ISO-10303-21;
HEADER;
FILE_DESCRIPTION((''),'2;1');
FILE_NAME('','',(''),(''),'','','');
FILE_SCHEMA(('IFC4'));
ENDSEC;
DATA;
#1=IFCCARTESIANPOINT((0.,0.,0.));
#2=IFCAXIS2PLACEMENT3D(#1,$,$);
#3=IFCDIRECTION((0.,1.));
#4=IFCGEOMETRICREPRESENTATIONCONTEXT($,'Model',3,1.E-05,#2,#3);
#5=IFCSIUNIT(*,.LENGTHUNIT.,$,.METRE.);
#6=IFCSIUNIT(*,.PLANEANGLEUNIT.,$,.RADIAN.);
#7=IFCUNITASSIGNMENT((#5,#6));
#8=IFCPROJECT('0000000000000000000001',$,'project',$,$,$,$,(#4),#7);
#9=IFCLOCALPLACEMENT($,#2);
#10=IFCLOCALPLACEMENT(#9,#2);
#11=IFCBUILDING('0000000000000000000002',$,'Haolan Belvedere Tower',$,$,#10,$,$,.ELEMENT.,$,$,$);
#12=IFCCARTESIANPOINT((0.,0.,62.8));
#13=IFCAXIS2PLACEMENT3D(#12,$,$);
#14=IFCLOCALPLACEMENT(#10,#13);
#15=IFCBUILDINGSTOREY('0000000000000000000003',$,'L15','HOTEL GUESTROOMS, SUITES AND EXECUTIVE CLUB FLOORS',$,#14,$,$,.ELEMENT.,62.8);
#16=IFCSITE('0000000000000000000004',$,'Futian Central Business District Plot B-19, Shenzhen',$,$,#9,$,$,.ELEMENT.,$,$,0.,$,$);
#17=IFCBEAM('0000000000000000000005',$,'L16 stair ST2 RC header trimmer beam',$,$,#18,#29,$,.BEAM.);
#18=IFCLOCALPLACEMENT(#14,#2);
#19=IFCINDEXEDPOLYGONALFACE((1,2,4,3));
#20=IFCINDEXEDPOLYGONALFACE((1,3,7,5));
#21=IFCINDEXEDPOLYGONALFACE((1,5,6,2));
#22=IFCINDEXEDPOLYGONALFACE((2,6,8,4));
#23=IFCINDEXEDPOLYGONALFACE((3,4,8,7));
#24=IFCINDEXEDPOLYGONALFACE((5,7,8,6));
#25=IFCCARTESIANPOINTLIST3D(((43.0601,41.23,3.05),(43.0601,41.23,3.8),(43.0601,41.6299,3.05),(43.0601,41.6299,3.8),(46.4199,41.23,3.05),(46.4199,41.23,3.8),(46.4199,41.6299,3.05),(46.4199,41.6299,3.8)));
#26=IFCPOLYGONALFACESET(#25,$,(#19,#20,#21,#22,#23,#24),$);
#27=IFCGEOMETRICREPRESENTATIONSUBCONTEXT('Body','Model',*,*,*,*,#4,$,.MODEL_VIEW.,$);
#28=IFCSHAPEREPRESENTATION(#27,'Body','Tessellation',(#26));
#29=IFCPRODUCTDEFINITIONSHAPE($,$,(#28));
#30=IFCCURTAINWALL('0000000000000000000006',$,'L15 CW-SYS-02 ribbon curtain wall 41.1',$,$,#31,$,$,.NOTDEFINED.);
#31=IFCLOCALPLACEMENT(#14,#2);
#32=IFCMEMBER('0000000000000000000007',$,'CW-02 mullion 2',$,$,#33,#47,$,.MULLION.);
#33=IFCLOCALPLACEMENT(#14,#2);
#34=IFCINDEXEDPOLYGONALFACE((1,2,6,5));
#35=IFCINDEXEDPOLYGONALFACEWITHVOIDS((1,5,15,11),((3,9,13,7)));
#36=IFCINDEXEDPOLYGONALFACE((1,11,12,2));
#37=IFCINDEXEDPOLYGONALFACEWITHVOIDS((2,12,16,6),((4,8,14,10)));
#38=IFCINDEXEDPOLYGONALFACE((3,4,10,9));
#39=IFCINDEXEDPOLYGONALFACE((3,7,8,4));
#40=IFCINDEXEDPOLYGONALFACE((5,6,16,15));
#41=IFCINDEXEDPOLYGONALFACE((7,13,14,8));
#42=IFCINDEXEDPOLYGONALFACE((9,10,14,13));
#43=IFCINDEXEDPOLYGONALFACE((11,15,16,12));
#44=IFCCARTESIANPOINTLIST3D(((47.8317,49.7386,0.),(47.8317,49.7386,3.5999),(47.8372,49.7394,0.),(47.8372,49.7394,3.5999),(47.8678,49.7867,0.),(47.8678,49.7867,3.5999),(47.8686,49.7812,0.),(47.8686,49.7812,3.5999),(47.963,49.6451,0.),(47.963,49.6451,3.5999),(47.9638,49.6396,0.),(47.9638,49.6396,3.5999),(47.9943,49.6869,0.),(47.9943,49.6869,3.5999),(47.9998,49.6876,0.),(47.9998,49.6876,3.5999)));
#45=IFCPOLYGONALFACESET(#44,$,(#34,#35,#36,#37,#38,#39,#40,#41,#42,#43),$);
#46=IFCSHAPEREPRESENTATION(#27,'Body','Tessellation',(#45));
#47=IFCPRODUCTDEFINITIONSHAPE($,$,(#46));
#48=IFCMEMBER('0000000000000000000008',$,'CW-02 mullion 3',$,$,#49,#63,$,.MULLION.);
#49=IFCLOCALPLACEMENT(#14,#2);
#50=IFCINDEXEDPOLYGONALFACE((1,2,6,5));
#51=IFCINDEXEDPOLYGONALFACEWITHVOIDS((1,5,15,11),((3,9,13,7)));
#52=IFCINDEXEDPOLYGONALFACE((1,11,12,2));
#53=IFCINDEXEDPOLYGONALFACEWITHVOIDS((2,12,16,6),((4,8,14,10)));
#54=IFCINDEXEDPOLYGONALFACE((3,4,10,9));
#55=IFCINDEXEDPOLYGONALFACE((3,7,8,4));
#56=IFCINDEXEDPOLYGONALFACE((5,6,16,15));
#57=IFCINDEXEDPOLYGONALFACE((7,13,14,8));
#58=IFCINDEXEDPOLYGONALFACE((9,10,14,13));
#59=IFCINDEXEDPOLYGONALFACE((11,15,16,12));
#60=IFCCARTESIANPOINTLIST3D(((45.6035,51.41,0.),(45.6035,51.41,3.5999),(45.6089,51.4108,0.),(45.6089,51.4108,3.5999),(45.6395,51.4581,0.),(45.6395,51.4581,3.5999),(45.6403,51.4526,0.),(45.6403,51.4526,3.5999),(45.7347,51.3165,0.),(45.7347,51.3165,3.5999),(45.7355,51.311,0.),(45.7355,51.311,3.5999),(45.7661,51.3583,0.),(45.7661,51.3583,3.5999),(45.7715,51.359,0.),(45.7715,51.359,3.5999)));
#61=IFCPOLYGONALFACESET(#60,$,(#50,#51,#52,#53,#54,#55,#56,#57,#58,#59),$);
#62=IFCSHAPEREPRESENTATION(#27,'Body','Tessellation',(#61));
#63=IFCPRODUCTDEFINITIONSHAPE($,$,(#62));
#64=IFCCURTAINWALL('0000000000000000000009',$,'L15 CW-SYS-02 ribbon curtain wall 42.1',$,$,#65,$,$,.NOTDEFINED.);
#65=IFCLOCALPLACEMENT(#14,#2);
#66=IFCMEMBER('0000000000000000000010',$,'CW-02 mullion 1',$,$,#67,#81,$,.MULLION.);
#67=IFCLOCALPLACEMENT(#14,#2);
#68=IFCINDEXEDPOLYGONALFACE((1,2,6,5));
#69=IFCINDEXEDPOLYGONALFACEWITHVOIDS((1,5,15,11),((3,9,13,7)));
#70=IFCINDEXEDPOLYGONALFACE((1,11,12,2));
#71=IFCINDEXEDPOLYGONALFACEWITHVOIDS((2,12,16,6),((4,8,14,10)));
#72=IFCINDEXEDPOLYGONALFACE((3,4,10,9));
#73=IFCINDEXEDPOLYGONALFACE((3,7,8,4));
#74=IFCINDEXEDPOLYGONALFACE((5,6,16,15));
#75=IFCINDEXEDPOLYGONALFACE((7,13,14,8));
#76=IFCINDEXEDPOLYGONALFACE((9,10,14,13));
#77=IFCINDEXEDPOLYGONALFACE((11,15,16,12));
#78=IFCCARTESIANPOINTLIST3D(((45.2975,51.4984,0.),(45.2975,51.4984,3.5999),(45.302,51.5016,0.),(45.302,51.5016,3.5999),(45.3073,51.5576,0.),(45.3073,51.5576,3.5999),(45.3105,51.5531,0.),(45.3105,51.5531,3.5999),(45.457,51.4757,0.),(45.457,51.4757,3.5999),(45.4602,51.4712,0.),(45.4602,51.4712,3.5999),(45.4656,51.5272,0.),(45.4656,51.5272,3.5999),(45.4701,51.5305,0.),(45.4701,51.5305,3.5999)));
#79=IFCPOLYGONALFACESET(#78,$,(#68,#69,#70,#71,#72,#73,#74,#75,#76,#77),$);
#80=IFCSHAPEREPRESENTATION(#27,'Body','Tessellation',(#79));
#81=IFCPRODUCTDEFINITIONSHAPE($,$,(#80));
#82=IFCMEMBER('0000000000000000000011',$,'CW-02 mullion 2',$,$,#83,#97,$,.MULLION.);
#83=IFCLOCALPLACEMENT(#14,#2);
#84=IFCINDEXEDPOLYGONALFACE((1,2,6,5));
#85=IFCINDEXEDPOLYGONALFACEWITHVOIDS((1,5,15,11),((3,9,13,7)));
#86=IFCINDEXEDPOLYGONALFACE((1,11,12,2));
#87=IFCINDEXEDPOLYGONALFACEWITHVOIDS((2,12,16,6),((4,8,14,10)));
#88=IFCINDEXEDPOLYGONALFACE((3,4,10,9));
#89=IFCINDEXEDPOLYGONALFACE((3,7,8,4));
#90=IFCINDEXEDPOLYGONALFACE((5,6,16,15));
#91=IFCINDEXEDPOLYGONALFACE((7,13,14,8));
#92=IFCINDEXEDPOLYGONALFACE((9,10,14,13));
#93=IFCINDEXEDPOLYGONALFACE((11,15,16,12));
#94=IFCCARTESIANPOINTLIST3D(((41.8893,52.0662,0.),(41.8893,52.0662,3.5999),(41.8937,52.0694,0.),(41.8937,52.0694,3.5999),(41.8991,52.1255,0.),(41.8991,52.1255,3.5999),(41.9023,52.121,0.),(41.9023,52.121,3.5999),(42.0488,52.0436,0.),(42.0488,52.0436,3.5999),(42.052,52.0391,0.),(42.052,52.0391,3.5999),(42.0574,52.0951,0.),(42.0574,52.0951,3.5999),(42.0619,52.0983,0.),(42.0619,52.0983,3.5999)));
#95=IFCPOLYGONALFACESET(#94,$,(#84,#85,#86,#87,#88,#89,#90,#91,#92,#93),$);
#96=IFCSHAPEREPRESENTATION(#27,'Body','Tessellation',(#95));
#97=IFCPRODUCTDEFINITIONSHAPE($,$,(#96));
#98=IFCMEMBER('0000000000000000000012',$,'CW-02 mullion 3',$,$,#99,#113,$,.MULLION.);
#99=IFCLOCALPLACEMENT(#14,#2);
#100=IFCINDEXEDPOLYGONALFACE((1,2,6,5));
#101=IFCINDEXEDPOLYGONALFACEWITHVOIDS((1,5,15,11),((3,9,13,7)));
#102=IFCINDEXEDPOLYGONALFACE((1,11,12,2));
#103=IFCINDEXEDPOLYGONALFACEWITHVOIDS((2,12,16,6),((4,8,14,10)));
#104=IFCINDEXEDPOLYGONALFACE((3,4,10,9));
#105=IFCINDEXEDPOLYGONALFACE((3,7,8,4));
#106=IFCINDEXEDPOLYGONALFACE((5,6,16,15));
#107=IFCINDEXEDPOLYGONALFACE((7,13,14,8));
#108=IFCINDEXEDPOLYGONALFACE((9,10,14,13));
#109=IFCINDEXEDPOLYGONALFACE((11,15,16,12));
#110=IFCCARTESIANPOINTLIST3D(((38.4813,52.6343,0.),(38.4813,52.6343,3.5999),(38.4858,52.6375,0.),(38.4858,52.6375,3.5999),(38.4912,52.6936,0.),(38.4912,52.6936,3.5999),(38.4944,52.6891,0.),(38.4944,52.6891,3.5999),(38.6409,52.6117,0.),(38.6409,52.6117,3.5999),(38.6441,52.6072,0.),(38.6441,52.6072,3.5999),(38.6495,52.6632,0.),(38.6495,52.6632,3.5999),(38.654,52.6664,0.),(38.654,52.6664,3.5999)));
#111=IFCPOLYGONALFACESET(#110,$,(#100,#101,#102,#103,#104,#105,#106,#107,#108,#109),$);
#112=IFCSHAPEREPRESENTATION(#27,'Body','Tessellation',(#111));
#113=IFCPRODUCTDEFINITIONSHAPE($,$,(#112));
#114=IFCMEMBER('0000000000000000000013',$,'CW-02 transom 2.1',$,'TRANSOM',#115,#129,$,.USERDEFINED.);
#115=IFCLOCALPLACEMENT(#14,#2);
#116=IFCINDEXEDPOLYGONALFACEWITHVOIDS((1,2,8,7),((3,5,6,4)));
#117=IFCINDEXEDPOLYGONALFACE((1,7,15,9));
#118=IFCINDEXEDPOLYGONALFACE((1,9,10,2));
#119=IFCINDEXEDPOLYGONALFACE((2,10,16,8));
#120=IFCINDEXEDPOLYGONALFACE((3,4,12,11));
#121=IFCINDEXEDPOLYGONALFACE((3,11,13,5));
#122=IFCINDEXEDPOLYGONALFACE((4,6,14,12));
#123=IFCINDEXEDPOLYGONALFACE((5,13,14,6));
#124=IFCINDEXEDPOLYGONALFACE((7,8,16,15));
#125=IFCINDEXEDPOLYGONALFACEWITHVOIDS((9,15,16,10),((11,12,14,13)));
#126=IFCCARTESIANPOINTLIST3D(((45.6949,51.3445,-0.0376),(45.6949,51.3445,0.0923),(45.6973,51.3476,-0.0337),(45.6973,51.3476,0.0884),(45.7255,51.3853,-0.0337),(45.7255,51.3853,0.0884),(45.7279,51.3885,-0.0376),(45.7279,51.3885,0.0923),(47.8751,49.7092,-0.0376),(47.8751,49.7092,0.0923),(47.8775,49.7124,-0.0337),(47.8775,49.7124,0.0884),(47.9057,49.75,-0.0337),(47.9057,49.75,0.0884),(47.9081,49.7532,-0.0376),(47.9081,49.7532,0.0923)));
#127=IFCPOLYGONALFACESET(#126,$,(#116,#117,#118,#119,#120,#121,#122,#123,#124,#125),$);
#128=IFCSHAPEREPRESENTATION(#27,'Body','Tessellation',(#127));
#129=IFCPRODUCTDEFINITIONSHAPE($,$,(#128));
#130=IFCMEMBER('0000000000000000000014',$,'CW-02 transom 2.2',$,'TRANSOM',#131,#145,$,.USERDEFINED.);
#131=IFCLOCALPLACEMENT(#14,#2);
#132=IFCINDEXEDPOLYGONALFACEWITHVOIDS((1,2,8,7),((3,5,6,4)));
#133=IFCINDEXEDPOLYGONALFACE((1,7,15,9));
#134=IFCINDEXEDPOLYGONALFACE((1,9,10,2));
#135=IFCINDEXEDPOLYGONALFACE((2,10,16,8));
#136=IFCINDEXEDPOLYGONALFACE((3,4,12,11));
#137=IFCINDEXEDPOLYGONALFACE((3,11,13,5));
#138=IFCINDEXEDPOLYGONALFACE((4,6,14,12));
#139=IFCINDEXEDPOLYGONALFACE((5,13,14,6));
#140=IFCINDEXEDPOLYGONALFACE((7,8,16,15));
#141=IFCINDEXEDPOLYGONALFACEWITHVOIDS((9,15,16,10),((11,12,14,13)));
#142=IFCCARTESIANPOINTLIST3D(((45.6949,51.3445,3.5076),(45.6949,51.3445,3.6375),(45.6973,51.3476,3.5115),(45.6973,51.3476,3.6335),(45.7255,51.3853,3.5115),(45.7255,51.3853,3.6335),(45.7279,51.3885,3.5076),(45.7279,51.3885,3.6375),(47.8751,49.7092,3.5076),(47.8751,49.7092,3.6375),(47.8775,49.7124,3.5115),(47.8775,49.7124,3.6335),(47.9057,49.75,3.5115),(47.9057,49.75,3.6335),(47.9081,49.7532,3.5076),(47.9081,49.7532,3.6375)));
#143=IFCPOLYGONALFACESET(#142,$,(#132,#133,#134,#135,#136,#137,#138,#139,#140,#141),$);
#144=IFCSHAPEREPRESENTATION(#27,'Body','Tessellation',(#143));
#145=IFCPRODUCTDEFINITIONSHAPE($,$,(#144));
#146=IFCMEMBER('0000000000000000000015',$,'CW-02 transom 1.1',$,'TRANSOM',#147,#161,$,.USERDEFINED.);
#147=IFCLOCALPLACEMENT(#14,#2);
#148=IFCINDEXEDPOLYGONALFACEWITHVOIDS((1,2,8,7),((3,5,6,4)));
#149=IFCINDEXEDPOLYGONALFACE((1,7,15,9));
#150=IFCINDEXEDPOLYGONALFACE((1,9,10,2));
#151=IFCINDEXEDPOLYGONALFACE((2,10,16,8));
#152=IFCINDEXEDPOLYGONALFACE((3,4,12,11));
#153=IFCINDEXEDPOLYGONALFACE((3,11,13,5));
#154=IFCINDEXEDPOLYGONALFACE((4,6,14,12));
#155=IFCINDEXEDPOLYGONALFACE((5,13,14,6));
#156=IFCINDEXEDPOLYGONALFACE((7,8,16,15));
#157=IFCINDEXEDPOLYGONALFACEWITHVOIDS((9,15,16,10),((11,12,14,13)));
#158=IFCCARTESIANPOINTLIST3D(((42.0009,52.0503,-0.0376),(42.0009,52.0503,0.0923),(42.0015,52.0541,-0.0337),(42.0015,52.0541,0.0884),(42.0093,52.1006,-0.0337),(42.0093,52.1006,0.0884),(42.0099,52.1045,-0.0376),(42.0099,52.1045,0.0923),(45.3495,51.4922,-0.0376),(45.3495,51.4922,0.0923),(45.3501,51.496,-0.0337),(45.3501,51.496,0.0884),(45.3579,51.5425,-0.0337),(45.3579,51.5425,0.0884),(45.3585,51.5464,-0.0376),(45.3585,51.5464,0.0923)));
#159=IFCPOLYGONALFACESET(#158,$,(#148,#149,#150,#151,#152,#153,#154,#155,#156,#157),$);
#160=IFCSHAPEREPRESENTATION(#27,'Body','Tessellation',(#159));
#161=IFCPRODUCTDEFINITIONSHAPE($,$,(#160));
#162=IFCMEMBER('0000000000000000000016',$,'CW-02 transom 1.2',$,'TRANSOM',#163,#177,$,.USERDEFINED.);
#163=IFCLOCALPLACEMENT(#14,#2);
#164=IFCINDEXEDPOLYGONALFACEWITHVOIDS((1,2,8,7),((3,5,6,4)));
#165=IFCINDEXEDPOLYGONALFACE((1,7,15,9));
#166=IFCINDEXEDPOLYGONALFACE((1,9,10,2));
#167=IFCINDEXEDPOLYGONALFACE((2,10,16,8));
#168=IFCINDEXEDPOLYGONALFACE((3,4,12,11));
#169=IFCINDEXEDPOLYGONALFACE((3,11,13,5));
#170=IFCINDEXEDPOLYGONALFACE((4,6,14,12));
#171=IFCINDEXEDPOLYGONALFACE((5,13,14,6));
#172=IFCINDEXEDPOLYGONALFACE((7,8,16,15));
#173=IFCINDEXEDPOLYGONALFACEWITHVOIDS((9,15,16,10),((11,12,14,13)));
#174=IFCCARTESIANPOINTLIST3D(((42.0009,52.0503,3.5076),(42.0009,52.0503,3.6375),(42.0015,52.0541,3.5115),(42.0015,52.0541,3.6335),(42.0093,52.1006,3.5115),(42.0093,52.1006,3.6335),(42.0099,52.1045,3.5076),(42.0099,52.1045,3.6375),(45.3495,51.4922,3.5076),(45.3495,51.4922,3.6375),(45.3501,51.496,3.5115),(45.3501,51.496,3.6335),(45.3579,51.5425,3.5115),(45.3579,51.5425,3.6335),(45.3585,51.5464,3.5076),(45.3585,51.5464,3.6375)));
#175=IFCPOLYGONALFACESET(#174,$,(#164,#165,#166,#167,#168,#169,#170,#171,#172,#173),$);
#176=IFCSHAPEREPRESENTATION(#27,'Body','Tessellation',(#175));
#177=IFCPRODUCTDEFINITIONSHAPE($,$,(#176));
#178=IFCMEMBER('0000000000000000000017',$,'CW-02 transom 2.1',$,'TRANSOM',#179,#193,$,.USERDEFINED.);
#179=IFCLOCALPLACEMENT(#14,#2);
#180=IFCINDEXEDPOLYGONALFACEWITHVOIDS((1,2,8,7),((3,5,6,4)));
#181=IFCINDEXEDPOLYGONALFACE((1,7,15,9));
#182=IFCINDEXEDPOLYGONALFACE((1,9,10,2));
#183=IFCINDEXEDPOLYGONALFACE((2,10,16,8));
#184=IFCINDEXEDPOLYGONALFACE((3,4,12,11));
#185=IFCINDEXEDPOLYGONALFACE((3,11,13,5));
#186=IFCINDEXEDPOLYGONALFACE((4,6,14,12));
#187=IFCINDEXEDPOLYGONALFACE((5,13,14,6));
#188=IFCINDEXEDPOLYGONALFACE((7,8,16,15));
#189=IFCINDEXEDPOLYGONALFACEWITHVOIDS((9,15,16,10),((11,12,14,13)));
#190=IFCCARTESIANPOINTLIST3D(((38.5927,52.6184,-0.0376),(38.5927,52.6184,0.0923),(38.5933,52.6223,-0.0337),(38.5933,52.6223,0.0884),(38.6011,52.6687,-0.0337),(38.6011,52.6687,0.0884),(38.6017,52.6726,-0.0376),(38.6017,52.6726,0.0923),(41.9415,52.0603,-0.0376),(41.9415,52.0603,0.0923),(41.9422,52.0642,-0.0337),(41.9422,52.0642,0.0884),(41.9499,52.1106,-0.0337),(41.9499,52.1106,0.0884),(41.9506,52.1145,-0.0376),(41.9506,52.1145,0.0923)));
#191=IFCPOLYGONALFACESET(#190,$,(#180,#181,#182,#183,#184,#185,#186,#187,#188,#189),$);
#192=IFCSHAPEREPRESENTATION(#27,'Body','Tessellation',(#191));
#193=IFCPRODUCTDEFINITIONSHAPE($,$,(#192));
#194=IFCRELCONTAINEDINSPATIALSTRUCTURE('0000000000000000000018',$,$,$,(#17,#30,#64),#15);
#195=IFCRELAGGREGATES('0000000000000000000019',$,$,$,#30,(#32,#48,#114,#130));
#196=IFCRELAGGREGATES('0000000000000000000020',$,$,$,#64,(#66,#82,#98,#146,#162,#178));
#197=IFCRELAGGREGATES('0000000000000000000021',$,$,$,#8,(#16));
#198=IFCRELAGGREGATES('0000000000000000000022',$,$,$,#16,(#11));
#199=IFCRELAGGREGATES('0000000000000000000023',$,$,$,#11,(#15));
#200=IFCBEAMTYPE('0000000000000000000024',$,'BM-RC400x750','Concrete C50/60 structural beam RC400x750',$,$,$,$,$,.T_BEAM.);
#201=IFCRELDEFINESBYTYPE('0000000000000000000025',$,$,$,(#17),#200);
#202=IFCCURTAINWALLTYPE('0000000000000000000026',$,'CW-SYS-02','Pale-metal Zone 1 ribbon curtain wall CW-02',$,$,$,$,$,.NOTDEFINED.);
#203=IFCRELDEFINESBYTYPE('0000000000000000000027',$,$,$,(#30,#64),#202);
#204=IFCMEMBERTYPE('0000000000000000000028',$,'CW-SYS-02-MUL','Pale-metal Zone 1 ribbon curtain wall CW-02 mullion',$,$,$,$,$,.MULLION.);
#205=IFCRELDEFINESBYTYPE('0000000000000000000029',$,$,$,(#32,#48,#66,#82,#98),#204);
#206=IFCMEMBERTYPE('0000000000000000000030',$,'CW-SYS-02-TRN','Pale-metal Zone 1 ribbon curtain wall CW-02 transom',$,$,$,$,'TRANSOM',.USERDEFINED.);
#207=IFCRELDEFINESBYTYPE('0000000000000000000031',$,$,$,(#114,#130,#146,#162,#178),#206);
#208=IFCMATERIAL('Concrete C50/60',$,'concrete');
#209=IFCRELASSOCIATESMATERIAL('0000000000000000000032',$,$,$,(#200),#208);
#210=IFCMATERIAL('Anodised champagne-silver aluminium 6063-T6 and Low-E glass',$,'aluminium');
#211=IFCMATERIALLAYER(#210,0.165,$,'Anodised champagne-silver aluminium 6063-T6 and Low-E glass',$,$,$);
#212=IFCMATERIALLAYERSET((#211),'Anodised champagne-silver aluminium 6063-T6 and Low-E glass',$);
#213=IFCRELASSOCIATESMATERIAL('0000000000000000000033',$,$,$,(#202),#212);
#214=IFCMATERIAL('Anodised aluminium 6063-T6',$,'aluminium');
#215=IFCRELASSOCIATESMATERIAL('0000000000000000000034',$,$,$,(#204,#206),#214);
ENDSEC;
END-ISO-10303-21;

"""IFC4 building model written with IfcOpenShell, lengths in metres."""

from ifc_helpers import new_model, si_unit, direction, frame, origin, origin_2d, place, context, subcontext, project, spatial, rectangle, hollow_rectangle, extrude, material, layer, layer_set, material_profile, profile_set, type_object, element, aggregate, save


model = new_model("IFC4")

# Units and contexts
model_context = context("Model", 3, precision=1e-05, world=origin(), true_north=direction((0.0, 1.0)))
body_context = subcontext(model_context, "Body", "Model", "MODEL_VIEW")
ifc_project = project(units=[si_unit("LENGTHUNIT", "METRE"), si_unit("PLANEANGLEUNIT", "RADIAN")], contexts=[model_context])

# Site, building, storey
site_placement = place(None, origin())
site = spatial("IfcSite", under=ifc_project, at=site_placement, Name="Futian Central Business District Plot B-19, Shenzhen", CompositionType="ELEMENT", RefElevation=0.0)
building_placement = place(site_placement, origin())
building = spatial("IfcBuilding", under=site, at=building_placement, Name="Haolan Belvedere Tower", CompositionType="ELEMENT")
storey_placement = place(building_placement, frame((0.0, 0.0, 62.8)))
storey = spatial("IfcBuildingStorey", under=building, at=storey_placement, Name="L15", Description="HOTEL GUESTROOMS, SUITES AND EXECUTIVE CLUB FLOORS", CompositionType="ELEMENT", Elevation=62.8)

# Beam
ifc_material_1 = material(Name="Concrete C50/60", Category="concrete")
ifc_material_profile_1 = material_profile(ifc_material_1, rectangle(XDim=0.3999, YDim=0.75, at=origin_2d()), Name="Concrete C50/60")
ifc_profile_set_1 = profile_set([ifc_material_profile_1], Name="Concrete C50/60")
beam_type_1 = type_object("IfcBeamType", Name="BM-RC400x750", Description="Concrete C50/60 structural beam RC400x750", PredefinedType="T_BEAM", material=ifc_profile_set_1)
beam_1_placement = place(storey_placement, frame((43.0601, 41.4299, 3.425), z_axis=(1.0, 0.0, 0.0), x_axis=(0.0, 1.0, 0.0)))
element("IfcBeam", 1, at=beam_1_placement, inside=storey, type_object=beam_type_1, Name="L16 stair ST2 RC header trimmer beam", PredefinedType="BEAM", context=body_context, shape_type="SweptSolid", body=[
    extrude(rectangle(XDim=0.3999, YDim=0.75, at=origin_2d()), origin(), (0.0, 0.0, 1.0), 3.3599),
])

# Curtain walls, members
ifc_material_2 = material(Name="Anodised champagne-silver aluminium 6063-T6 and Low-E glass", Category="aluminium")
ifc_layer_1 = layer(ifc_material_2, 0.165, Name="Anodised champagne-silver aluminium 6063-T6 and Low-E glass")
ifc_layer_set_1 = layer_set([ifc_layer_1], Name="Anodised champagne-silver aluminium 6063-T6 and Low-E glass")
curtain_wall_type = type_object("IfcCurtainWallType", Name="CW-SYS-02", Description="Pale-metal Zone 1 ribbon curtain wall CW-02", PredefinedType="NOTDEFINED", material=ifc_layer_set_1)
curtain_wall_1_placement = place(storey_placement, origin())
curtain_wall_1 = element("IfcCurtainWall", 2, at=curtain_wall_1_placement, inside=storey, type_object=curtain_wall_type, Name="L15 CW-SYS-02 ribbon curtain wall 41.1", PredefinedType="NOTDEFINED")
ifc_material_3 = material(Name="Anodised aluminium 6063-T6", Category="aluminium")
ifc_material_profile_2 = material_profile(ifc_material_3, hollow_rectangle(XDim=0.0601, YDim=0.165, WallThickness=0.0039, at=origin_2d()), Name="Anodised aluminium 6063-T6")
ifc_profile_set_2 = profile_set([ifc_material_profile_2], Name="Anodised aluminium 6063-T6")
member_type_1 = type_object("IfcMemberType", Name="CW-SYS-02-MUL", Description="Pale-metal Zone 1 ribbon curtain wall CW-02 mullion", PredefinedType="MULLION", material=ifc_profile_set_2)
member_1_placement = place(storey_placement, frame((47.9158, 49.7131, 0.0), z_axis=(0.0, 0.0, 1.0), x_axis=(-0.599994, -0.800004, 0.0)))
member_1 = element("IfcMember", 3, at=member_1_placement, type_object=member_type_1, Name="CW-02 mullion 2", PredefinedType="MULLION", context=body_context, shape_type="SweptSolid", body=[
    extrude(hollow_rectangle(XDim=0.0601, YDim=0.165, WallThickness=0.0039, at=origin_2d()), origin(), (0.0, 0.0, 1.0), 3.5999),
])
member_2_placement = place(storey_placement, frame((45.6875, 51.3845, 0.0), z_axis=(0.0, 0.0, 1.0), x_axis=(-0.599994, -0.800004, 0.0)))
member_2 = element("IfcMember", 4, at=member_2_placement, type_object=member_type_1, Name="CW-02 mullion 3", PredefinedType="MULLION", context=body_context, shape_type="SweptSolid", body=[
    extrude(hollow_rectangle(XDim=0.0601, YDim=0.165, WallThickness=0.0039, at=origin_2d()), origin(), (0.0, 0.0, 1.0), 3.5999),
])
curtain_wall_2_placement = place(storey_placement, origin())
curtain_wall_2 = element("IfcCurtainWall", 5, at=curtain_wall_2_placement, inside=storey, type_object=curtain_wall_type, Name="L15 CW-SYS-02 ribbon curtain wall 42.1", PredefinedType="NOTDEFINED")
member_3_placement = place(storey_placement, frame((45.3838, 51.5144, 0.0), z_axis=(0.0, 0.0, 1.0), x_axis=(-0.164404, -0.986393, 0.0)))
member_3 = element("IfcMember", 6, at=member_3_placement, type_object=member_type_1, Name="CW-02 mullion 1", PredefinedType="MULLION", context=body_context, shape_type="SweptSolid", body=[
    extrude(hollow_rectangle(XDim=0.0601, YDim=0.165, WallThickness=0.0039, at=origin_2d()), origin(), (0.0, 0.0, 1.0), 3.5999),
])
member_4_placement = place(storey_placement, frame((41.9756, 52.0823, 0.0), z_axis=(0.0, 0.0, 1.0), x_axis=(-0.164404, -0.986393, 0.0)))
member_4 = element("IfcMember", 7, at=member_4_placement, type_object=member_type_1, Name="CW-02 mullion 2", PredefinedType="MULLION", context=body_context, shape_type="SweptSolid", body=[
    extrude(hollow_rectangle(XDim=0.0601, YDim=0.165, WallThickness=0.0039, at=origin_2d()), origin(), (0.0, 0.0, 1.0), 3.5999),
])
member_5_placement = place(storey_placement, frame((38.5676, 52.6504, 0.0), z_axis=(0.0, 0.0, 1.0), x_axis=(-0.164404, -0.986393, 0.0)))
member_5 = element("IfcMember", 8, at=member_5_placement, type_object=member_type_1, Name="CW-02 mullion 3", PredefinedType="MULLION", context=body_context, shape_type="SweptSolid", body=[
    extrude(hollow_rectangle(XDim=0.0601, YDim=0.165, WallThickness=0.0039, at=origin_2d()), origin(), (0.0, 0.0, 1.0), 3.5999),
])

# Members
ifc_material_profile_3 = material_profile(ifc_material_3, hollow_rectangle(XDim=0.0549, YDim=0.1299, WallThickness=0.0039, at=origin_2d()), Name="Anodised aluminium 6063-T6")
ifc_profile_set_3 = profile_set([ifc_material_profile_3], Name="Anodised aluminium 6063-T6")
member_type_2 = type_object("IfcMemberType", Name="CW-SYS-02-TRN", Description="Pale-metal Zone 1 ribbon curtain wall CW-02 transom", ElementType="TRANSOM", PredefinedType="USERDEFINED", material=ifc_profile_set_3)
member_6_placement = place(storey_placement, frame((47.8916, 49.7312, 0.0273), z_axis=(-0.799978, 0.600029, 0.0), x_axis=(-0.600029, -0.799978, 0.0)))
member_6 = element("IfcMember", 9, at=member_6_placement, type_object=member_type_2, Name="CW-02 transom 2.1", ObjectType="TRANSOM", PredefinedType="USERDEFINED", context=body_context, shape_type="SweptSolid", body=[
    extrude(hollow_rectangle(XDim=0.0549, YDim=0.1299, WallThickness=0.0039, at=origin_2d()), origin(), (0.0, 0.0, 1.0), 2.7253),
])
member_7_placement = place(storey_placement, frame((47.8916, 49.7312, 3.5725), z_axis=(-0.799978, 0.600029, 0.0), x_axis=(-0.600029, -0.799978, 0.0)))
member_7 = element("IfcMember", 10, at=member_7_placement, type_object=member_type_2, Name="CW-02 transom 2.2", ObjectType="TRANSOM", PredefinedType="USERDEFINED", context=body_context, shape_type="SweptSolid", body=[
    extrude(hollow_rectangle(XDim=0.0549, YDim=0.1299, WallThickness=0.0039, at=origin_2d()), origin(), (0.0, 0.0, 1.0), 2.7253),
])
member_8_placement = place(storey_placement, frame((45.354, 51.5193, 0.0273), z_axis=(-0.986394, 0.164399, 0.0), x_axis=(-0.164399, -0.986394, 0.0)))
member_8 = element("IfcMember", 11, at=member_8_placement, type_object=member_type_2, Name="CW-02 transom 1.1", ObjectType="TRANSOM", PredefinedType="USERDEFINED", context=body_context, shape_type="SweptSolid", body=[
    extrude(hollow_rectangle(XDim=0.0549, YDim=0.1299, WallThickness=0.0039, at=origin_2d()), origin(), (0.0, 0.0, 1.0), 3.3948),
])
member_9_placement = place(storey_placement, frame((45.354, 51.5193, 3.5725), z_axis=(-0.986394, 0.164399, 0.0), x_axis=(-0.164399, -0.986394, 0.0)))
member_9 = element("IfcMember", 12, at=member_9_placement, type_object=member_type_2, Name="CW-02 transom 1.2", ObjectType="TRANSOM", PredefinedType="USERDEFINED", context=body_context, shape_type="SweptSolid", body=[
    extrude(hollow_rectangle(XDim=0.0549, YDim=0.1299, WallThickness=0.0039, at=origin_2d()), origin(), (0.0, 0.0, 1.0), 3.3948),
])
member_10_placement = place(storey_placement, frame((41.946, 52.0874, 0.0273), z_axis=(-0.986396, 0.164387, 0.0), x_axis=(-0.164387, -0.986396, 0.0)))
member_10 = element("IfcMember", 13, at=member_10_placement, type_object=member_type_2, Name="CW-02 transom 2.1", ObjectType="TRANSOM", PredefinedType="USERDEFINED", context=body_context, shape_type="SweptSolid", body=[
    extrude(hollow_rectangle(XDim=0.0549, YDim=0.1299, WallThickness=0.0039, at=origin_2d()), origin(), (0.0, 0.0, 1.0), 3.395),
])

aggregate(curtain_wall_1, [member_1, member_2, member_6, member_7])
aggregate(curtain_wall_2, [member_3, member_4, member_5, member_8, member_9, member_10])

save(model, "model.ifc")
